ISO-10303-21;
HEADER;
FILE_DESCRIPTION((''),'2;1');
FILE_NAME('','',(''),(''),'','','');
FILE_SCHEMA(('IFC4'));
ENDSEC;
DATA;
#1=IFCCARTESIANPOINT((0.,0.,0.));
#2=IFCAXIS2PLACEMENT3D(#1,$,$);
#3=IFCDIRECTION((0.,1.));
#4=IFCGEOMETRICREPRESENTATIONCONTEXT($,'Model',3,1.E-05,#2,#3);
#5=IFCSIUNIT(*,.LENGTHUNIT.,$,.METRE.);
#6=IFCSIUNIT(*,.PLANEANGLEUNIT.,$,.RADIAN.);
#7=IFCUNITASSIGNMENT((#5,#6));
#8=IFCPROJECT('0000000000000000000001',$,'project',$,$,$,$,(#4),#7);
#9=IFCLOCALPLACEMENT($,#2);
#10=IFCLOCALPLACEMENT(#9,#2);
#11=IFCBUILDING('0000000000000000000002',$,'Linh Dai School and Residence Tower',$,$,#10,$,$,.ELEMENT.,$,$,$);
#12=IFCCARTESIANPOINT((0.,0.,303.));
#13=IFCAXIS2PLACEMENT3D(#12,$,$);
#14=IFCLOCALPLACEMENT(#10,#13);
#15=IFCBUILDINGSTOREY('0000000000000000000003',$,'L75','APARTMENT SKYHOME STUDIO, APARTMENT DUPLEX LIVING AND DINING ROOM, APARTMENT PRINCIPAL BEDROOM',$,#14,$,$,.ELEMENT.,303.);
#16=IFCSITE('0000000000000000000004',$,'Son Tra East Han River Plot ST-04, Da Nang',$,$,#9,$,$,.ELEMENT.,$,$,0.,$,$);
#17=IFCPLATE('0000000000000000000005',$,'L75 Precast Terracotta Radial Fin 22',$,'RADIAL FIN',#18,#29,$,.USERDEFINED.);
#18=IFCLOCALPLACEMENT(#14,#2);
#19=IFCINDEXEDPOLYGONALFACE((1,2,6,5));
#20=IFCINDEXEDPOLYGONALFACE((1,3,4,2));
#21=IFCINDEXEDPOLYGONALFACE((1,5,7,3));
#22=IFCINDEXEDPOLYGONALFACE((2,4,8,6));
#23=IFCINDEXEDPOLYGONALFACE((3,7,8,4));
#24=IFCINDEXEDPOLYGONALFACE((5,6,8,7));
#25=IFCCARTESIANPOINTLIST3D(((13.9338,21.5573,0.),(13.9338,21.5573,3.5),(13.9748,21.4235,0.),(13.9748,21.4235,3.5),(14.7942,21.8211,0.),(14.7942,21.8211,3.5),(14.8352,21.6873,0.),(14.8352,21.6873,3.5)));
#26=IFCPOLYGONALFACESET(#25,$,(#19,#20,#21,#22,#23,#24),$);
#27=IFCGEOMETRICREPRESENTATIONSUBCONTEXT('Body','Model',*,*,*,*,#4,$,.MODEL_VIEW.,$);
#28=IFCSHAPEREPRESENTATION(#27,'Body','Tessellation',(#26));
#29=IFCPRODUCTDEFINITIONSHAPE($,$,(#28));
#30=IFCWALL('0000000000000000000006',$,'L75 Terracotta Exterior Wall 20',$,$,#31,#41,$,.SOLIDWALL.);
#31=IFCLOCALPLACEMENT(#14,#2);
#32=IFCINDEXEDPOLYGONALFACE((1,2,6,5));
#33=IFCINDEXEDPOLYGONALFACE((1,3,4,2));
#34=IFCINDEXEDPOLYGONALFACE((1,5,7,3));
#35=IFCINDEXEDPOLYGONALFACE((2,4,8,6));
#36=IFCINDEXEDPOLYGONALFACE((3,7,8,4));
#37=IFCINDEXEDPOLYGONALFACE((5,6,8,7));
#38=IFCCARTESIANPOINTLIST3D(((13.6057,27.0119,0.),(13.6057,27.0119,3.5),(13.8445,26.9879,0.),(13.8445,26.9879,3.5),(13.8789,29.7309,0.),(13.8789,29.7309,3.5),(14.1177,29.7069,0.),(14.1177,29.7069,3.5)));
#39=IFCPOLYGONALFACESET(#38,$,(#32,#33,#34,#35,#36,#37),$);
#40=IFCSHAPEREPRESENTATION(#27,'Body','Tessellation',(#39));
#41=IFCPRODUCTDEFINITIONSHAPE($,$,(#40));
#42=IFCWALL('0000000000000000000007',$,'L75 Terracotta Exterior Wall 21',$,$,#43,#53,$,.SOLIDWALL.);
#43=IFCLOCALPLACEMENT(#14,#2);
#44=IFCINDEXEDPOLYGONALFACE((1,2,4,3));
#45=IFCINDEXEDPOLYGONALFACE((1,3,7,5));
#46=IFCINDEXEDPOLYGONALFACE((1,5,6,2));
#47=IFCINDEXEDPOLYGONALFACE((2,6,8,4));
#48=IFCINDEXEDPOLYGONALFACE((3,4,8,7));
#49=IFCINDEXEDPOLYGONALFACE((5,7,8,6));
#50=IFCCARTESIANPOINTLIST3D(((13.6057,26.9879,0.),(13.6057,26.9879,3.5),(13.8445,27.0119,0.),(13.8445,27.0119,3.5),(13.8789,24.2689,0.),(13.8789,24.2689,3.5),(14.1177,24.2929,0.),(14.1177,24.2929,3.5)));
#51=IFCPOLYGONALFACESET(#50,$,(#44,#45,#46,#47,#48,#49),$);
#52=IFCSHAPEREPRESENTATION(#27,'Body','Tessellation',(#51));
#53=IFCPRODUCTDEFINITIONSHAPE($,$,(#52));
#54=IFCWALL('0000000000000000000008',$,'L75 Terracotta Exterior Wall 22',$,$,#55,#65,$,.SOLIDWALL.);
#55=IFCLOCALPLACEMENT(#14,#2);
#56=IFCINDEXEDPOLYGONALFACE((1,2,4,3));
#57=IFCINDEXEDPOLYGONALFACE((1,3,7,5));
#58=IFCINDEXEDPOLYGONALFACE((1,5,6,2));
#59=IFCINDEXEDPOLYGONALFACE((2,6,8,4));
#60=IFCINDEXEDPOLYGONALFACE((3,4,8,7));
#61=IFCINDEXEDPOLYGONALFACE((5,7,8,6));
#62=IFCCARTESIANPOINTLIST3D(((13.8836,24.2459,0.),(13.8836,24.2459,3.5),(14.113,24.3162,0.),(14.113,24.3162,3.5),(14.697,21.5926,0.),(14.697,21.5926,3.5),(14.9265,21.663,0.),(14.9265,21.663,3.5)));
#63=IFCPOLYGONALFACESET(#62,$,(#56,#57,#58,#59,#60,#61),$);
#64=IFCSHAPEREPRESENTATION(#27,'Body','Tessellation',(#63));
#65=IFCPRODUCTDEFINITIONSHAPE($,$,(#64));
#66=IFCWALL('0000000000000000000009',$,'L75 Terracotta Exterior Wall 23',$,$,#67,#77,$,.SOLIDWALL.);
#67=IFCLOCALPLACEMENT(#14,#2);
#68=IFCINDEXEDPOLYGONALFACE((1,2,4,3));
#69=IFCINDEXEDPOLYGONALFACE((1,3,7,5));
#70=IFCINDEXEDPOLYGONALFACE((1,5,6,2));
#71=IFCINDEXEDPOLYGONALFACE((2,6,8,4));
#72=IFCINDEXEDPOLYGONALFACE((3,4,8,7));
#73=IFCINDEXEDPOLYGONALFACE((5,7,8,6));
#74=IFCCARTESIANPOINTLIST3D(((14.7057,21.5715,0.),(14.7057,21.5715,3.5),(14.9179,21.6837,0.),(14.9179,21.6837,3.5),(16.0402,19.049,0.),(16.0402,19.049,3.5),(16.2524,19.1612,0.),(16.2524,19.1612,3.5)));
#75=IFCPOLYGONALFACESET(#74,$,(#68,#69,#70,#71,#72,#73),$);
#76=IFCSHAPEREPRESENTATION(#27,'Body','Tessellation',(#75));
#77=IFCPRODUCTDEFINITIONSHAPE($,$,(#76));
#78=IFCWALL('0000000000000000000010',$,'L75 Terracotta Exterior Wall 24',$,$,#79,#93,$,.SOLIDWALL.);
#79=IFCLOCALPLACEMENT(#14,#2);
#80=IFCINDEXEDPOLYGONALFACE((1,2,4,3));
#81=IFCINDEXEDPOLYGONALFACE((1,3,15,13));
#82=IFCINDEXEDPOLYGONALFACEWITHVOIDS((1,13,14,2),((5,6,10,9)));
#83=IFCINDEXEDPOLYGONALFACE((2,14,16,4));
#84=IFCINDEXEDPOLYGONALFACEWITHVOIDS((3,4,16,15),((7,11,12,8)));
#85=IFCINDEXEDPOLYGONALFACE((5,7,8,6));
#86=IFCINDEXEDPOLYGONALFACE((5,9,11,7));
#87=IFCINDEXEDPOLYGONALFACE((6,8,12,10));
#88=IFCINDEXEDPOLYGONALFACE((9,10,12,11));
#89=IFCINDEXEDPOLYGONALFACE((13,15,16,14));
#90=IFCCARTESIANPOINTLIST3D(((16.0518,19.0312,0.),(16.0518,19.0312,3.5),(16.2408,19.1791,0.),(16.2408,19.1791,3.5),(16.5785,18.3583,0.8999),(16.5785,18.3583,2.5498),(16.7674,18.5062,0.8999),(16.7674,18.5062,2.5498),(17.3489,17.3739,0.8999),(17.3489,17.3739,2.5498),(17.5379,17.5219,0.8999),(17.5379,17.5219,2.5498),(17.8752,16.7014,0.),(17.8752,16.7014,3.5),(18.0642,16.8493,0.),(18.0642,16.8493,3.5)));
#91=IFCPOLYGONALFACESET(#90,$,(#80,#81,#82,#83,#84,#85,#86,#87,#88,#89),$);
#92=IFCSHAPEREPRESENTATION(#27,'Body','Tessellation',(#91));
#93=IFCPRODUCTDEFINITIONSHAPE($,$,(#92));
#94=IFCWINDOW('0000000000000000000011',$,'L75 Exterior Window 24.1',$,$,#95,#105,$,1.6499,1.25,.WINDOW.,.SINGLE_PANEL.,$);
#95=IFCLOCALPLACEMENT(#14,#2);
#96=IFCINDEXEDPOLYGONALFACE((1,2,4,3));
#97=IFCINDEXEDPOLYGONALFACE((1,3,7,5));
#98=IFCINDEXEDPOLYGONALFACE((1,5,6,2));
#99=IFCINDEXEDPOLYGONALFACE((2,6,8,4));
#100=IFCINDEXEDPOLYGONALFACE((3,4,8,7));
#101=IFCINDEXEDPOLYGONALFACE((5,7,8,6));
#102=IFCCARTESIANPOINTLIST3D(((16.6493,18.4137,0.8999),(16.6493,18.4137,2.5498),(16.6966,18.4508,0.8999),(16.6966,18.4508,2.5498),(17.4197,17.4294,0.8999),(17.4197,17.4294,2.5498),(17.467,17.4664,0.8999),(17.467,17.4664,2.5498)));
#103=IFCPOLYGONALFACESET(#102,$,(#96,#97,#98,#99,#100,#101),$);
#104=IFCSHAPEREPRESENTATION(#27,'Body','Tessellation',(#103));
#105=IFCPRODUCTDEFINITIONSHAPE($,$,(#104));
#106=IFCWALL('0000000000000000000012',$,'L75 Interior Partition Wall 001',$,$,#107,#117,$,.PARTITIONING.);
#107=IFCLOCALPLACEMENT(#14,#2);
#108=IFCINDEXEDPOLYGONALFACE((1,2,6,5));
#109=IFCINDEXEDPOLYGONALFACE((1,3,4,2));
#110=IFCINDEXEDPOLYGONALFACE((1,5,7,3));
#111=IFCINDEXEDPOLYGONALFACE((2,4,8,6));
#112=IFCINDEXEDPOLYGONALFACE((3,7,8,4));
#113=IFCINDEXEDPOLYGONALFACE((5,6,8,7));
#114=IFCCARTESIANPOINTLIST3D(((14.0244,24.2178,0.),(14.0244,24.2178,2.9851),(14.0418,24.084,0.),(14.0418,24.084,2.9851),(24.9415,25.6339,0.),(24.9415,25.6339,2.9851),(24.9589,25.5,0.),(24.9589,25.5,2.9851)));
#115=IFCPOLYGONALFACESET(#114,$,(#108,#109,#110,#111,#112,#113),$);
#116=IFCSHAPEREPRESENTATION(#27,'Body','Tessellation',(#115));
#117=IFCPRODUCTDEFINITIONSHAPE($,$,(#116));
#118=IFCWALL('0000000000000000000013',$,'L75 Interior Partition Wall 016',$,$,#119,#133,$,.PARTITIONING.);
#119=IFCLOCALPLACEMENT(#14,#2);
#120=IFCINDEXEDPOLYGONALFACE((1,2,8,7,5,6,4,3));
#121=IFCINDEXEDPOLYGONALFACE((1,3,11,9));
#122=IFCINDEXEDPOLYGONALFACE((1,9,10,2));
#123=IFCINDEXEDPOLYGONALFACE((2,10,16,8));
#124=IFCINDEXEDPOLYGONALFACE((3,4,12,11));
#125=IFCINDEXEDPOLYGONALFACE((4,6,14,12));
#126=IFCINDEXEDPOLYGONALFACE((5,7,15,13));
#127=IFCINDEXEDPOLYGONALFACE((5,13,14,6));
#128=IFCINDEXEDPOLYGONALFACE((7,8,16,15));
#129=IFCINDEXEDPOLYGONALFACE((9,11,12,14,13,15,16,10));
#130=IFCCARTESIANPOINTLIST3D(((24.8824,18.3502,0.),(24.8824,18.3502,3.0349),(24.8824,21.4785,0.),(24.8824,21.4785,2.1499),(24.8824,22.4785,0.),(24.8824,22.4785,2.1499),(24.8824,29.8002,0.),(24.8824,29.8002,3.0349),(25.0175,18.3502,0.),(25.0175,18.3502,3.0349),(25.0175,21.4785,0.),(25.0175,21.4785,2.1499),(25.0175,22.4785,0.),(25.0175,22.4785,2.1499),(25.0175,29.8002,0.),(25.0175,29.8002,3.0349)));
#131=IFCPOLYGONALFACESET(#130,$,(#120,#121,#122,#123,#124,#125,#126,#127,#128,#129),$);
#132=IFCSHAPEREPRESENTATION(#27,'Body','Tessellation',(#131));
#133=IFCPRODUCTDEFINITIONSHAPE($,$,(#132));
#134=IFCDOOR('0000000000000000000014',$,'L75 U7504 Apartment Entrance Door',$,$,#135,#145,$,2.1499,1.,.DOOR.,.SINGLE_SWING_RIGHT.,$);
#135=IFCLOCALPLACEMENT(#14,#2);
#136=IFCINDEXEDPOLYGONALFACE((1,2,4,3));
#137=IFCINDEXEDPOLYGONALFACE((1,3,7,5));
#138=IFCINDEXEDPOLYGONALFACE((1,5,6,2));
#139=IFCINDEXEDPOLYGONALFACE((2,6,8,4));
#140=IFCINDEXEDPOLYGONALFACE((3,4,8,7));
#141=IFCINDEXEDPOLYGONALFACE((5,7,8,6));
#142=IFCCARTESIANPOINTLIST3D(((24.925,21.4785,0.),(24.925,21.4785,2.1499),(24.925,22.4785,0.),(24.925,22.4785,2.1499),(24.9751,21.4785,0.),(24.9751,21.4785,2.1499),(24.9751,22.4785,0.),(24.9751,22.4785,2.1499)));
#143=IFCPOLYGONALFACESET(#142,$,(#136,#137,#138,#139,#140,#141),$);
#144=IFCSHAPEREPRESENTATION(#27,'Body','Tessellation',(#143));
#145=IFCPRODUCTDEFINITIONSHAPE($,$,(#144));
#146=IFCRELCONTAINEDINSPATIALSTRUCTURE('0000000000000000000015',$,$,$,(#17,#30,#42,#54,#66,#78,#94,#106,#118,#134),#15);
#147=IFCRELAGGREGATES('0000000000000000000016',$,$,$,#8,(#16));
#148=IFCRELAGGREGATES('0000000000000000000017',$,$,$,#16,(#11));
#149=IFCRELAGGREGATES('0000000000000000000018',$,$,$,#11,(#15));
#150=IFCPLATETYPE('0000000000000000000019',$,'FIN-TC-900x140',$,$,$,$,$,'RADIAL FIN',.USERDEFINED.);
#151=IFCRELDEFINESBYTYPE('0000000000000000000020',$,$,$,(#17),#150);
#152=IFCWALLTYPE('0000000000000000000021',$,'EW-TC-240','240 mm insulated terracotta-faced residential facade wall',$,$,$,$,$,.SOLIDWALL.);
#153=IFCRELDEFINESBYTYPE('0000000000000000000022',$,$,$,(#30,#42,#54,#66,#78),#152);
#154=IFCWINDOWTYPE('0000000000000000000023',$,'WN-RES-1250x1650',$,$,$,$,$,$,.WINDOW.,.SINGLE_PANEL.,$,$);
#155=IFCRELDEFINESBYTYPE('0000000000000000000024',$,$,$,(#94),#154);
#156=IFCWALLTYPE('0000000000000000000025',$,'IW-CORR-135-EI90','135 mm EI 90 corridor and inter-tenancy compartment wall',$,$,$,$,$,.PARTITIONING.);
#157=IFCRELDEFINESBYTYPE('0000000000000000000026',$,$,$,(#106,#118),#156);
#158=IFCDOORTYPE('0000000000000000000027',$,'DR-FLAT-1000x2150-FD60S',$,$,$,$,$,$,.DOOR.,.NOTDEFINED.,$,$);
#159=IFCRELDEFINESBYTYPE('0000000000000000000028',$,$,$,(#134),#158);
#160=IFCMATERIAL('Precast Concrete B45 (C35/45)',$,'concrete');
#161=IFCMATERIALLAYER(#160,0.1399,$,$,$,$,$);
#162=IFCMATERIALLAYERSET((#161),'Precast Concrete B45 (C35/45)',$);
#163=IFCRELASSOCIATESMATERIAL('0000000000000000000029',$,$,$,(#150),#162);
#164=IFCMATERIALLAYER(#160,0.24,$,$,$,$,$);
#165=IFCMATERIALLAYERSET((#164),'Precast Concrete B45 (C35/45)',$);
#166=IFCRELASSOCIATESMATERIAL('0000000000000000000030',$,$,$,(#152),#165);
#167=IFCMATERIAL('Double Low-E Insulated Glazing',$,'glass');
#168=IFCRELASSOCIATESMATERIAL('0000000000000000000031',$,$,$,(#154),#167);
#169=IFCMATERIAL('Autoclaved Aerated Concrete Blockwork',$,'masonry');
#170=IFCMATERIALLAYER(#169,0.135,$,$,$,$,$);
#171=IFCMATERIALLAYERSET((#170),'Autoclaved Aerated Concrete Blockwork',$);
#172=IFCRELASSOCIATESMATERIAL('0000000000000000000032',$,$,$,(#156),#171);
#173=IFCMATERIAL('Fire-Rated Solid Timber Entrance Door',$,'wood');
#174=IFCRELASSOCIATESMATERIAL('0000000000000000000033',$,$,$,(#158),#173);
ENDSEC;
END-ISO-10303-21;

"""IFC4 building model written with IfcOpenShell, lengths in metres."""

from ifc_helpers import new_model, si_unit, direction, frame, frame_2d, origin, origin_2d, place, context, subcontext, project, spatial, rectangle, extrude, source, transform, mapped, material, layer, layer_set, type_object, element, fill, save


model = new_model("IFC4")

# Units and contexts
model_context = context("Model", 3, precision=1e-05, world=origin(), true_north=direction((0.0, 1.0)))
body_context = subcontext(model_context, "Body", "Model", "MODEL_VIEW")
ifc_project = project(units=[si_unit("LENGTHUNIT", "METRE"), si_unit("PLANEANGLEUNIT", "RADIAN")], contexts=[model_context])

# Site, building, storey
site_placement = place(None, origin())
site = spatial("IfcSite", under=ifc_project, at=site_placement, Name="Son Tra East Han River Plot ST-04, Da Nang", CompositionType="ELEMENT", RefElevation=0.0)
building_placement = place(site_placement, origin())
building = spatial("IfcBuilding", under=site, at=building_placement, Name="Linh Dai School and Residence Tower", CompositionType="ELEMENT")
storey_placement = place(building_placement, frame((0.0, 0.0, 303.0)))
storey = spatial("IfcBuildingStorey", under=building, at=storey_placement, Name="L75", Description="APARTMENT SKYHOME STUDIO, APARTMENT DUPLEX LIVING AND DINING ROOM, APARTMENT PRINCIPAL BEDROOM", CompositionType="ELEMENT", Elevation=303.0)

# Plate
ifc_material_1 = material(Name="Precast Concrete B45 (C35/45)", Category="concrete")
ifc_layer_1 = layer(ifc_material_1, 0.1399)
ifc_layer_set_1 = layer_set([ifc_layer_1], Name="Precast Concrete B45 (C35/45)")
plate_type = type_object("IfcPlateType", Name="FIN-TC-900x140", ElementType="RADIAL FIN", PredefinedType="USERDEFINED", material=ifc_layer_set_1)
shared_shape_1 = source(origin(), body_context, "Body", "SweptSolid", [
    extrude(rectangle(XDim=0.8999, YDim=0.1399, at=origin_2d()), origin(), (0.0, 0.0, 1.0), 3.5),
])
plate_placement = place(storey_placement, frame((14.3845, 21.6223, 0.0), z_axis=(0.0, 0.0, 1.0), x_axis=(-0.956069, -0.293141, 0.0)))
element("IfcPlate", 1, at=plate_placement, inside=storey, type_object=plate_type, Name="L75 Precast Terracotta Radial Fin 22", ObjectType="RADIAL FIN", PredefinedType="USERDEFINED", context=body_context, shape_type="MappedRepresentation", body=[
    mapped(shared_shape_1, transform((0.0, 0.0, 0.0), x_axis=(1.0, 0.0, 0.0), y_axis=(0.0, 1.0, 0.0), z_axis=(0.0, 0.0, 1.0), scale=1.0)),
])

# Walls
ifc_layer_2 = layer(ifc_material_1, 0.24)
ifc_layer_set_2 = layer_set([ifc_layer_2], Name="Precast Concrete B45 (C35/45)")
wall_type_1 = type_object("IfcWallType", Name="EW-TC-240", Description="240 mm insulated terracotta-faced residential facade wall", PredefinedType="SOLIDWALL", material=ifc_layer_set_2)
for number, where, z_axis, x_axis, name in (
    (2, (13.7251, 27.0, 0.0), (0.0, 0.0, 1.0), (0.099973, 0.99499, 0.0), "L75 Terracotta Exterior Wall 20"),
    (3, (13.9983, 24.281, 0.0), (0.0, 0.0, 1.0), (-0.099973, 0.99499, 0.0), "L75 Terracotta Exterior Wall 21"),
):
    element("IfcWall", number, at=place(storey_placement, frame(where, z_axis=z_axis, x_axis=x_axis)), inside=storey, type_object=wall_type_1, Name=name, PredefinedType="SOLIDWALL", context=body_context, shape_type="SweptSolid", body=[
        extrude(rectangle(XDim=2.7327, YDim=0.24, at=frame_2d((1.3662, 0.0))), origin(), (0.0, 0.0, 1.0), 3.5),
    ])
wall_1_placement = place(storey_placement, frame((14.8118, 21.6277, 0.0), z_axis=(0.0, 0.0, 1.0), x_axis=(-0.293121, 0.956075, 0.0)))
element("IfcWall", 4, at=wall_1_placement, inside=storey, type_object=wall_type_1, Name="L75 Terracotta Exterior Wall 22", PredefinedType="SOLIDWALL", context=body_context, shape_type="SweptSolid", body=[
    extrude(rectangle(XDim=2.7751, YDim=0.24, at=frame_2d((1.3877, 0.0))), origin(), (0.0, 0.0, 1.0), 3.5),
])
wall_2_placement = place(storey_placement, frame((16.1462, 19.1052, 0.0), z_axis=(0.0, 0.0, 1.0), x_axis=(-0.467628, 0.883925, 0.0)))
element("IfcWall", 5, at=wall_2_placement, inside=storey, type_object=wall_type_1, Name="L75 Terracotta Exterior Wall 23", PredefinedType="SOLIDWALL", context=body_context, shape_type="SweptSolid", body=[
    extrude(rectangle(XDim=2.8538, YDim=0.24, at=frame_2d((1.4268, 0.0))), origin(), (0.0, 0.0, 1.0), 3.5),
])

# Wall, opening, window
wall_3_placement = place(storey_placement, frame((17.9697, 16.7754, 0.0), z_axis=(0.0, 0.0, 1.0), x_axis=(-0.616337, 0.787482, 0.0)))
wall_3 = element("IfcWall", 6, at=wall_3_placement, inside=storey, type_object=wall_type_1, Name="L75 Terracotta Exterior Wall 24", PredefinedType="SOLIDWALL", context=body_context, shape_type="SweptSolid", body=[
    extrude(rectangle(XDim=2.9585, YDim=0.24, at=frame_2d((1.4792, 0.0))), origin(), (0.0, 0.0, 1.0), 3.5),
])
opening_1_placement = place(wall_3_placement, frame((0.854, 0.0, 0.8999)))
opening_1 = element("IfcOpeningElement", 7, at=opening_1_placement, cuts=wall_3, PredefinedType="OPENING", context=body_context, shape_type="SweptSolid", body=[
    extrude(rectangle(XDim=1.25, YDim=1.6499, at=origin_2d()), frame((0.625, 0.1299, 0.825), z_axis=(0.0, -1.0, 0.0), x_axis=(1.0, 0.0, 0.0)), (0.0, 0.0, 1.0), 0.26),
])
ifc_material_2 = material(Name="Double Low-E Insulated Glazing", Category="glass")
window_type = type_object("IfcWindowType", Name="WN-RES-1250x1650", PartitioningType="SINGLE_PANEL", PredefinedType="WINDOW", material=ifc_material_2)
shared_shape_2 = source(origin(), body_context, "Body", "SweptSolid", [
    extrude(rectangle(XDim=1.25, YDim=1.6499, at=origin_2d()), frame((0.625, 0.03, 0.825), z_axis=(0.0, -1.0, 0.0), x_axis=(1.0, 0.0, 0.0)), (0.0, 0.0, 1.0), 0.0601),
])
window_placement = place(opening_1_placement, origin())
window = element("IfcWindow", 8, at=window_placement, inside=storey, type_object=window_type, Name="L75 Exterior Window 24.1", OverallHeight=1.6499, OverallWidth=1.25, PartitioningType="SINGLE_PANEL", PredefinedType="WINDOW", context=body_context, shape_type="MappedRepresentation", body=[
    mapped(shared_shape_2, transform((0.0, 0.0, 0.0), x_axis=(1.0, 0.0, 0.0), y_axis=(0.0, 1.0, 0.0), z_axis=(0.0, 0.0, 1.0), scale=1.0)),
])
fill(opening_1, window)

# Wall
ifc_material_3 = material(Name="Autoclaved Aerated Concrete Blockwork", Category="masonry")
ifc_layer_3 = layer(ifc_material_3, 0.135)
ifc_layer_set_3 = layer_set([ifc_layer_3], Name="Autoclaved Aerated Concrete Blockwork")
wall_type_2 = type_object("IfcWallType", Name="IW-CORR-135-EI90", Description="135 mm EI 90 corridor and inter-tenancy compartment wall", PredefinedType="PARTITIONING", material=ifc_layer_set_3)
wall_4_placement = place(storey_placement, frame((14.033, 24.1509, 0.0), z_axis=(0.0, 0.0, 1.0), x_axis=(0.991693, 0.12863, 0.0)))
element("IfcWall", 9, at=wall_4_placement, inside=storey, type_object=wall_type_2, Name="L75 Interior Partition Wall 001", PredefinedType="PARTITIONING", context=body_context, shape_type="SweptSolid", body=[
    extrude(rectangle(XDim=11.0085, YDim=0.135, at=frame_2d((5.5044, 0.0))), origin(), (0.0, 0.0, 1.0), 2.9851),
])

# Wall, opening, door
wall_5_placement = place(storey_placement, frame((24.95, 18.3501, 0.0), z_axis=(0.0, 0.0, 1.0), x_axis=(0.0, 1.0, 0.0)))
wall_5 = element("IfcWall", 10, at=wall_5_placement, inside=storey, type_object=wall_type_2, Name="L75 Interior Partition Wall 016", PredefinedType="PARTITIONING", context=body_context, shape_type="SweptSolid", body=[
    extrude(rectangle(XDim=11.45, YDim=0.135, at=frame_2d((5.7251, 0.0))), origin(), (0.0, 0.0, 1.0), 3.0349),
])
opening_2_placement = place(wall_5_placement, frame((3.1284, 0.0, 0.0)))
opening_2 = element("IfcOpeningElement", 11, at=opening_2_placement, cuts=wall_5, PredefinedType="OPENING", context=body_context, shape_type="SweptSolid", body=[
    extrude(rectangle(XDim=1.0, YDim=2.1499, at=origin_2d()), frame((0.5, 0.0776, 1.075), z_axis=(0.0, -1.0, 0.0), x_axis=(1.0, 0.0, 0.0)), (0.0, 0.0, 1.0), 0.155),
])
ifc_material_4 = material(Name="Fire-Rated Solid Timber Entrance Door", Category="wood")
door_type = type_object("IfcDoorType", Name="DR-FLAT-1000x2150-FD60S", OperationType="NOTDEFINED", PredefinedType="DOOR", material=ifc_material_4)
shared_shape_3 = source(origin(), body_context, "Body", "SweptSolid", [
    extrude(rectangle(XDim=1.0, YDim=2.1499, at=origin_2d()), frame((0.5, 0.0249, 1.075), z_axis=(0.0, -1.0, 0.0), x_axis=(1.0, 0.0, 0.0)), (0.0, 0.0, 1.0), 0.05),
])
door_1_placement = place(opening_2_placement, origin())
door_1 = element("IfcDoor", 12, at=door_1_placement, inside=storey, type_object=door_type, Name="L75 U7504 Apartment Entrance Door", OperationType="SINGLE_SWING_RIGHT", OverallHeight=2.1499, OverallWidth=1.0, PredefinedType="DOOR", context=body_context, shape_type="MappedRepresentation", body=[
    mapped(shared_shape_3, transform((0.0, 0.0, 0.0), x_axis=(1.0, 0.0, 0.0), y_axis=(0.0, 1.0, 0.0), z_axis=(0.0, 0.0, 1.0), scale=1.0)),
])
fill(opening_2, door_1)

save(model, "model.ifc")
